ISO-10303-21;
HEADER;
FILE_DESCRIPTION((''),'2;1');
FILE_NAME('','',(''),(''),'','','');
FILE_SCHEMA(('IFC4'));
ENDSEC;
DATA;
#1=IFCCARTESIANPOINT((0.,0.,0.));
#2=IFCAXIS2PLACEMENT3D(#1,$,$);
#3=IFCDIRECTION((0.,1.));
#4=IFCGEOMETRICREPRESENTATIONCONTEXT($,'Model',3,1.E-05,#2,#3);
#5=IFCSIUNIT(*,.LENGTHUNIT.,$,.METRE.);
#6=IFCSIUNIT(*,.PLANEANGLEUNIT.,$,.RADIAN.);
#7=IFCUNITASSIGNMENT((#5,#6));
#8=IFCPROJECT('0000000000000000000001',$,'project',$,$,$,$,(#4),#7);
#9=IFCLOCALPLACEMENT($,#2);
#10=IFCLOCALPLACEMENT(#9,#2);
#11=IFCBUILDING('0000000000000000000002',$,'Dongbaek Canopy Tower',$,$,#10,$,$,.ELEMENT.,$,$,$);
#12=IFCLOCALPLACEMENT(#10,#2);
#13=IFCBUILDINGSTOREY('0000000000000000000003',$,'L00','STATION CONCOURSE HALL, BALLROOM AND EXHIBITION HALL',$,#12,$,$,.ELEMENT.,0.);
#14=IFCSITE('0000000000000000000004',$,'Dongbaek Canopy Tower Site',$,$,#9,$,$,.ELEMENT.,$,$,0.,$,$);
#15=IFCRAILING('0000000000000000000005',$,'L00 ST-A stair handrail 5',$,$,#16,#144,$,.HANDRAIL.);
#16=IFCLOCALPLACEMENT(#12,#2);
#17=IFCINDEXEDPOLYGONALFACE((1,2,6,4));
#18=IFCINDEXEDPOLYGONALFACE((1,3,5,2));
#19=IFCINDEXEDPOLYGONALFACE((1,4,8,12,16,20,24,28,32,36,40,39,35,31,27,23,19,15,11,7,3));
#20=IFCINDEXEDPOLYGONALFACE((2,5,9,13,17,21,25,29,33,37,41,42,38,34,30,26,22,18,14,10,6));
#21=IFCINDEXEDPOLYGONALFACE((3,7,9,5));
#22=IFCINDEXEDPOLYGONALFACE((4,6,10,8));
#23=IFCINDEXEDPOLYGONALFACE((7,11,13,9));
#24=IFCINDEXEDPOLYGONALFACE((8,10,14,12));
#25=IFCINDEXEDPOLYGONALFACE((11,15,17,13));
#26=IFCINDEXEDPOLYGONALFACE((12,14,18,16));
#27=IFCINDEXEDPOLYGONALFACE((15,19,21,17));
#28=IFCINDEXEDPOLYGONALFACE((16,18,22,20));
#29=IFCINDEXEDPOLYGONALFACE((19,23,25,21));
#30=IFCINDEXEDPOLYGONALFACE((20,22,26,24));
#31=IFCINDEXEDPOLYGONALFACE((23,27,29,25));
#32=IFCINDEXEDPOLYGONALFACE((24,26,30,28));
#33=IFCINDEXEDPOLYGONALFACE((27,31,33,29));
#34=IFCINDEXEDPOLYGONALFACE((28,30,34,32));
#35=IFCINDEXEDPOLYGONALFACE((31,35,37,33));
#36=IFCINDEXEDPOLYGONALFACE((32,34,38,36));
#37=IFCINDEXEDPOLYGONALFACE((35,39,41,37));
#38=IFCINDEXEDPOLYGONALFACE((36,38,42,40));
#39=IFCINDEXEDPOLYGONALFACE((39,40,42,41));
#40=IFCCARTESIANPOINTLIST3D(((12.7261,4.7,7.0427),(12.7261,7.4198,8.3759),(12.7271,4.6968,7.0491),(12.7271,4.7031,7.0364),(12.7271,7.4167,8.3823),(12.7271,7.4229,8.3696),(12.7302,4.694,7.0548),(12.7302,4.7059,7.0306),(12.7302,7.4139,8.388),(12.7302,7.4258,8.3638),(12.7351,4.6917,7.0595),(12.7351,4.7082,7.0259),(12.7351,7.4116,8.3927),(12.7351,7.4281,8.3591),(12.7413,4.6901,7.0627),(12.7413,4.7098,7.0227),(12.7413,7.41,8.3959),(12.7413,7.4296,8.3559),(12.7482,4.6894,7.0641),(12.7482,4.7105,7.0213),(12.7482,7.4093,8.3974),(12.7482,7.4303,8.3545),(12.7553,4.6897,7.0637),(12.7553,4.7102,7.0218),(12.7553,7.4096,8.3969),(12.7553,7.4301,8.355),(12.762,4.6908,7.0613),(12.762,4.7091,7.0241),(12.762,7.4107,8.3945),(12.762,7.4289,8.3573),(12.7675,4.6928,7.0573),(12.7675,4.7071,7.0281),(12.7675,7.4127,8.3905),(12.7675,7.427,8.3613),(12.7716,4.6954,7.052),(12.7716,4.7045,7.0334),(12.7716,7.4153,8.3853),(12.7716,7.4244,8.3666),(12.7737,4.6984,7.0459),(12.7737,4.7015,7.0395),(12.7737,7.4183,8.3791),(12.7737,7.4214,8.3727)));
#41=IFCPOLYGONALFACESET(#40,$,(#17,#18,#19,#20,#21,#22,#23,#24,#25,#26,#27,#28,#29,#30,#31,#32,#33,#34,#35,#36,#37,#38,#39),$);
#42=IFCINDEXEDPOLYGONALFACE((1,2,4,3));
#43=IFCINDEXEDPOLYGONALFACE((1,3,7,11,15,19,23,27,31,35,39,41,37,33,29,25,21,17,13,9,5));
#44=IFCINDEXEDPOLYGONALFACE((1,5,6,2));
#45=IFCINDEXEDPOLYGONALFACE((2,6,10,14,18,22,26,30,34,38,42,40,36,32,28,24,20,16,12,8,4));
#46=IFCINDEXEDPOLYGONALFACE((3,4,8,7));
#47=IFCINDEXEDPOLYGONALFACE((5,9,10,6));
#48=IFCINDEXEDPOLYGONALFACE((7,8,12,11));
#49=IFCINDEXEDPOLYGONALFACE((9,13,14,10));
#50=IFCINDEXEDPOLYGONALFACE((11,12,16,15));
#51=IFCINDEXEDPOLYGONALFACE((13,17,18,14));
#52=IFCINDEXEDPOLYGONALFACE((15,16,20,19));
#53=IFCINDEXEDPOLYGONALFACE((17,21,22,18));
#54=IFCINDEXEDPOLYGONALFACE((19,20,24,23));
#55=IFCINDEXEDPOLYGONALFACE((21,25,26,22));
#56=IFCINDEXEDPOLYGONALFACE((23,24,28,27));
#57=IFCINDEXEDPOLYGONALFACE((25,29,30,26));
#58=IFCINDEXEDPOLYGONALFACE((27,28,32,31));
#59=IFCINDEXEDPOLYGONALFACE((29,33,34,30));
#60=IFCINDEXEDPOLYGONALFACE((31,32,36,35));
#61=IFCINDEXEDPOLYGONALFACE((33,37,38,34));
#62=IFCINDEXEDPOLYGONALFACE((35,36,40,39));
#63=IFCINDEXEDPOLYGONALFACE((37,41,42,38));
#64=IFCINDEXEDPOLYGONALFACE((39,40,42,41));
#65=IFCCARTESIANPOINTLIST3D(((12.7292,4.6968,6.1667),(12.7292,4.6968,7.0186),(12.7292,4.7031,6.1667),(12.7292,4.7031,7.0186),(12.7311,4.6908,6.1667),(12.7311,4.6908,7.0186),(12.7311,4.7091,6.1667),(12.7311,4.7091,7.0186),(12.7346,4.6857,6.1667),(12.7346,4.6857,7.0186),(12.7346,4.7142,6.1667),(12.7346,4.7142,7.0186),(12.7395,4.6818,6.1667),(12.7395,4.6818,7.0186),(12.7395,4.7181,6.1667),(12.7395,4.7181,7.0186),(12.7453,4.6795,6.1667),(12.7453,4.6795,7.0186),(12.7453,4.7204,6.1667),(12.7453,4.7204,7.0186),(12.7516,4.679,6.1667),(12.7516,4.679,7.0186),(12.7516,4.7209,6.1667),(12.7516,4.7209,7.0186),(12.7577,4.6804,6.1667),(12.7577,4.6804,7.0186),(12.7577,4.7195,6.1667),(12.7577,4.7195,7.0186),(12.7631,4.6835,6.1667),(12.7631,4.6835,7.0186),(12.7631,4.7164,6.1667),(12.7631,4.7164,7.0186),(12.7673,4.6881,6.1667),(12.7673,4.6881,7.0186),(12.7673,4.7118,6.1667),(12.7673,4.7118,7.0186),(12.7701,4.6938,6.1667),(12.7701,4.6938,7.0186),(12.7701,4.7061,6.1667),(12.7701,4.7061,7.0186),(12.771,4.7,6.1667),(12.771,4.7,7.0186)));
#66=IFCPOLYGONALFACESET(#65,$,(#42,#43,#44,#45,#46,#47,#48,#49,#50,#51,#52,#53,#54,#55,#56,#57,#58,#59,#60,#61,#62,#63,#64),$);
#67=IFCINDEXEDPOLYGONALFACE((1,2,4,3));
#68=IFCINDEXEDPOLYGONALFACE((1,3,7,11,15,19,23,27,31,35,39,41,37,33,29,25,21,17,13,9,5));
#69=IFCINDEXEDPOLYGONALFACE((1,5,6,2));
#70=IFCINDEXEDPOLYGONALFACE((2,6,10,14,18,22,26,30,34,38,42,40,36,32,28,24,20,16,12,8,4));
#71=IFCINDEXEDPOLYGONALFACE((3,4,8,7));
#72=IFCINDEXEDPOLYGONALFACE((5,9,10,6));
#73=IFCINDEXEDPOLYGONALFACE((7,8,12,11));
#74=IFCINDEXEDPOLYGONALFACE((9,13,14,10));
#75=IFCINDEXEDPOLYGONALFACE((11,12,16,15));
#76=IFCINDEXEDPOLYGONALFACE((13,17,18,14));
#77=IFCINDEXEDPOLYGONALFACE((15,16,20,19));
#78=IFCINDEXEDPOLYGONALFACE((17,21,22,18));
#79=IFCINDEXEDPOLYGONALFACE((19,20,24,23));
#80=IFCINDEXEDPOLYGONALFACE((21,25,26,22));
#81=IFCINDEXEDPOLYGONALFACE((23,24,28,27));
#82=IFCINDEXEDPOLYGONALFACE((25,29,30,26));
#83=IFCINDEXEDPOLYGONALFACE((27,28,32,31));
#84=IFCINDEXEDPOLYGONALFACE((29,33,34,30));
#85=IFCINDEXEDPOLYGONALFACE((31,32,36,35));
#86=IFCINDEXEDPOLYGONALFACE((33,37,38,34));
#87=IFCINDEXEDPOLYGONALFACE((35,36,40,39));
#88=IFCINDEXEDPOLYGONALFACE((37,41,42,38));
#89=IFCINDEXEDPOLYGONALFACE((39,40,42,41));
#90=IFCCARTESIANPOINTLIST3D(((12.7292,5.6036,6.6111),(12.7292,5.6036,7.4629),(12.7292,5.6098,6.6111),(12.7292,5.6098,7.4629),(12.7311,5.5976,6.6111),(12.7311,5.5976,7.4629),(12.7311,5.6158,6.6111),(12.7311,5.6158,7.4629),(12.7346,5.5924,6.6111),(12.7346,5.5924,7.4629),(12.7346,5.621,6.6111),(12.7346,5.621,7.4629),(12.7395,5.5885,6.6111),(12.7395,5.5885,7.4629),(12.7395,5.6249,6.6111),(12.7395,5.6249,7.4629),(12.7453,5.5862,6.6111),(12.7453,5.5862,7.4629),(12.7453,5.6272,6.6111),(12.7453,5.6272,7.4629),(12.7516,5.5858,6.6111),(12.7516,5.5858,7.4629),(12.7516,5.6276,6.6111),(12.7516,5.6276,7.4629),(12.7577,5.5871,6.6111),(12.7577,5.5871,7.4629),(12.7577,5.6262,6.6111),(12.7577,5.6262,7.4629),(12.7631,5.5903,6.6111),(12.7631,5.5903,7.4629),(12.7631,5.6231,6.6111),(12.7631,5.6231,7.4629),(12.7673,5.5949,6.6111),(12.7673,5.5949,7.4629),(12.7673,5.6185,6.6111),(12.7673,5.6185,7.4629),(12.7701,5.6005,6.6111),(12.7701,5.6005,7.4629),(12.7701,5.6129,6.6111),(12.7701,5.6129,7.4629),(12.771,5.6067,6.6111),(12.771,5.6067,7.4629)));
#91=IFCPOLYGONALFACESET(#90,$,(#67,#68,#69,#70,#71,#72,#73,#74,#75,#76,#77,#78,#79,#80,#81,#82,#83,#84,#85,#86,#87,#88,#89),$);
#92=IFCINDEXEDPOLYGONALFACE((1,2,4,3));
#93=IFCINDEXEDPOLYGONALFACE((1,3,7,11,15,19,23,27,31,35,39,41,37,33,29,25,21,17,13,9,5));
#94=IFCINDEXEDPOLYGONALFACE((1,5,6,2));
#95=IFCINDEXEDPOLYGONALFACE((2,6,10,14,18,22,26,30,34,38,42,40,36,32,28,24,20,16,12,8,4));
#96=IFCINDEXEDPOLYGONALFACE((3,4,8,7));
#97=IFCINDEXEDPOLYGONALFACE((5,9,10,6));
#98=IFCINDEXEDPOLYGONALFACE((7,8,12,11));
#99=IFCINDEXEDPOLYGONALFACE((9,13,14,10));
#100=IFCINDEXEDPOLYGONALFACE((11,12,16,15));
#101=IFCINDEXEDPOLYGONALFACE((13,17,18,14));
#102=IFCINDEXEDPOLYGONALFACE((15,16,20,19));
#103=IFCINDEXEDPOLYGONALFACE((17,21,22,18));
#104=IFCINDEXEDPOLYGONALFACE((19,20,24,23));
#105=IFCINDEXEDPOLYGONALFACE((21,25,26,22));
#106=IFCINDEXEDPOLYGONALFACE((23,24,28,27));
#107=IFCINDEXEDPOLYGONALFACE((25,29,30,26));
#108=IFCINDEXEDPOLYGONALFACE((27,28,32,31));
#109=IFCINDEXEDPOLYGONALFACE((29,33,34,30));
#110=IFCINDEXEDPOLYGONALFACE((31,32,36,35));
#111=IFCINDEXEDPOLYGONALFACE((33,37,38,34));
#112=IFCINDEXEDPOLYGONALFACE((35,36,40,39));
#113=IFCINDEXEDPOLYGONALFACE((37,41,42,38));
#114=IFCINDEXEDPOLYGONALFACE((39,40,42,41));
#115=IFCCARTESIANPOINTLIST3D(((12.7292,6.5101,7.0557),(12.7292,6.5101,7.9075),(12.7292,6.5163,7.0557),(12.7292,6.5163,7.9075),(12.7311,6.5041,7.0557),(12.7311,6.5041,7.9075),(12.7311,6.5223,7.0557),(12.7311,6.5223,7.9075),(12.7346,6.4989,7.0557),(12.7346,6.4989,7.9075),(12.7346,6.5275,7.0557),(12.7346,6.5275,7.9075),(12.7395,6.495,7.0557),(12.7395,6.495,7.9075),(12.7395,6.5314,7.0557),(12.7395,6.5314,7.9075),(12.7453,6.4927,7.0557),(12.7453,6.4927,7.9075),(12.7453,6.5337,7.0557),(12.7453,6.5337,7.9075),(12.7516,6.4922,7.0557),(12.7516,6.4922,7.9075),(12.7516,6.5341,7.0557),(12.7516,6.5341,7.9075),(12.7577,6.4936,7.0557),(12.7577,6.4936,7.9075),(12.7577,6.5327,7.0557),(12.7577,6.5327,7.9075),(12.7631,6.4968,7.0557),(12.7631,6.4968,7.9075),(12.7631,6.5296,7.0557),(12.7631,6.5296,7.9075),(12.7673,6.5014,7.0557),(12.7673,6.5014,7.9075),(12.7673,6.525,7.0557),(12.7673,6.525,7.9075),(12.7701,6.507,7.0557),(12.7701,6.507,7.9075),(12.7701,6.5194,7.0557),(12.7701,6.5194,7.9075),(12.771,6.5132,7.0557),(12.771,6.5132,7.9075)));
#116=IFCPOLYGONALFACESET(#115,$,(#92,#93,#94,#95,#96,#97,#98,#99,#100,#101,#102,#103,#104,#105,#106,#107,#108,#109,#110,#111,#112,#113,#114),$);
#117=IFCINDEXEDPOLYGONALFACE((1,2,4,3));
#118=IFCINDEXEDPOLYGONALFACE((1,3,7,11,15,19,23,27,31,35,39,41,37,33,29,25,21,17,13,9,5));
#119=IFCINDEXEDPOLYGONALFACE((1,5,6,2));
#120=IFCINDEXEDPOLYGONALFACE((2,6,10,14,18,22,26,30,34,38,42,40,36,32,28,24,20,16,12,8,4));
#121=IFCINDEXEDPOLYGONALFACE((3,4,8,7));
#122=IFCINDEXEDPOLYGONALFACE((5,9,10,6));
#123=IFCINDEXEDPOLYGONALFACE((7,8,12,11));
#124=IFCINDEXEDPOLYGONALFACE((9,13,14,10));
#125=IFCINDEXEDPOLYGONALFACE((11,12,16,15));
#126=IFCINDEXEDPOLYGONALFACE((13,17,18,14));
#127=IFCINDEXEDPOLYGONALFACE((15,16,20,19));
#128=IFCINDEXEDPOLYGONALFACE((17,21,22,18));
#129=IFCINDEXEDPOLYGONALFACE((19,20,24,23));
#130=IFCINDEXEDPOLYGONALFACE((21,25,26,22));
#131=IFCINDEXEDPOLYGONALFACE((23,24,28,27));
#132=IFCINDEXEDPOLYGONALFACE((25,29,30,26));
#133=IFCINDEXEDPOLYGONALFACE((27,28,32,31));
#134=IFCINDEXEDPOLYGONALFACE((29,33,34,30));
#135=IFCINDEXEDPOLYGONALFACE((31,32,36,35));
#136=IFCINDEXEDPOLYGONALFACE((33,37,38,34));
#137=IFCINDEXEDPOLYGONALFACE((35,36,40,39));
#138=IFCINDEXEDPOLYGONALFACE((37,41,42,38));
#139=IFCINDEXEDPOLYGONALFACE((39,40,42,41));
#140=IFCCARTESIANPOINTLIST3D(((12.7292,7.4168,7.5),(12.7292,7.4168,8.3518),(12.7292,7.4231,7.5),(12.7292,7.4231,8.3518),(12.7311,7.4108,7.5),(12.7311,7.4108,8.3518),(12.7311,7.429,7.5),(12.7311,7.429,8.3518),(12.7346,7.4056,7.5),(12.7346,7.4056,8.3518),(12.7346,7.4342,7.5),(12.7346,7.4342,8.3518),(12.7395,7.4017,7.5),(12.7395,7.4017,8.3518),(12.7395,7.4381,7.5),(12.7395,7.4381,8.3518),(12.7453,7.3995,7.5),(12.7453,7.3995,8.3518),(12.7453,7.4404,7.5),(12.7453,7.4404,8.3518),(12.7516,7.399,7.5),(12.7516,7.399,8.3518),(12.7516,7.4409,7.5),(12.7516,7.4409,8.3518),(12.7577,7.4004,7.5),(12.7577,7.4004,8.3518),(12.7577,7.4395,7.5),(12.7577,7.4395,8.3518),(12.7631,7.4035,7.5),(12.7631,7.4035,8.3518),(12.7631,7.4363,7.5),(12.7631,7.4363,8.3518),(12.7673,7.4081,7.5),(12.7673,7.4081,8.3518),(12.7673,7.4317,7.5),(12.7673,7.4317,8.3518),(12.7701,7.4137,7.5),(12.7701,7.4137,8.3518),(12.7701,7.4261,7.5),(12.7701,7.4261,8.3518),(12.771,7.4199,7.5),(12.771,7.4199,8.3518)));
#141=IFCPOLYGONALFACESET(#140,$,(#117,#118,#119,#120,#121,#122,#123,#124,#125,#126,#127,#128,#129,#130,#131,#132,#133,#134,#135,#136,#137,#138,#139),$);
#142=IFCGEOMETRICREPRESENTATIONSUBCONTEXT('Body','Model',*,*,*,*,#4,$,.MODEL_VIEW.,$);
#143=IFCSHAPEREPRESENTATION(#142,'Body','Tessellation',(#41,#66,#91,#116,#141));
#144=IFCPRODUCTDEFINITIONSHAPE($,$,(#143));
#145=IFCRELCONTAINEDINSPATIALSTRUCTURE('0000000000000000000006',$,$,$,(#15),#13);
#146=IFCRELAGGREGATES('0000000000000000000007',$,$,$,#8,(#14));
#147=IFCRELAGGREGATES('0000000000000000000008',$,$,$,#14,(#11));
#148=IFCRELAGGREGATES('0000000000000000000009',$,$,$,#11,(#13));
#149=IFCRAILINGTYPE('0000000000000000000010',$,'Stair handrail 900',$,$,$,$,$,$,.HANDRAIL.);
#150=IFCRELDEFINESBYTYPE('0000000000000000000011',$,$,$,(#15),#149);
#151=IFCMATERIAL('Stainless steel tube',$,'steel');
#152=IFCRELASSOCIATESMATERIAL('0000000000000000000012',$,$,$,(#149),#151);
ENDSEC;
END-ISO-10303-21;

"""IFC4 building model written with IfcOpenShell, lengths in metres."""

from ifc_helpers import new_model, si_unit, direction, frame, origin, origin_2d, place, context, subcontext, project, spatial, circle, extrude, material, type_object, element, save


model = new_model("IFC4")

# Units and contexts
model_context = context("Model", 3, precision=1e-05, world=origin(), true_north=direction((0.0, 1.0)))
body_context = subcontext(model_context, "Body", "Model", "MODEL_VIEW")
ifc_project = project(units=[si_unit("LENGTHUNIT", "METRE"), si_unit("PLANEANGLEUNIT", "RADIAN")], contexts=[model_context])

# Site, building, storey
site_placement = place(None, origin())
site = spatial("IfcSite", under=ifc_project, at=site_placement, Name="Dongbaek Canopy Tower Site", CompositionType="ELEMENT", RefElevation=0.0)
building_placement = place(site_placement, origin())
building = spatial("IfcBuilding", under=site, at=building_placement, Name="Dongbaek Canopy Tower", CompositionType="ELEMENT")
storey_placement = place(building_placement, origin())
storey = spatial("IfcBuildingStorey", under=building, at=storey_placement, Name="L00", Description="STATION CONCOURSE HALL, BALLROOM AND EXHIBITION HALL", CompositionType="ELEMENT", Elevation=0.0)

# Railing
ifc_material_1 = material(Name="Stainless steel tube", Category="steel")
railing_type_1 = type_object("IfcRailingType", Name="Stair handrail 900", PredefinedType="HANDRAIL", material=ifc_material_1)
for number, where, name in (
    (1, (12.75, 4.7, 6.1667), "L00 ST-A stair handrail 5"),
):
    element("IfcRailing", number, at=place(storey_placement, frame(where)), inside=storey, type_object=railing_type_1, Name=name, PredefinedType="HANDRAIL", context=body_context, shape_type="SweptSolid", body=[
        extrude(circle(Radius=0.0239, at=origin_2d()), frame((0.0, 0.0, 0.876), z_axis=(0.0, 0.897929, 0.440139), x_axis=(-1.0, 0.0, 0.0)), (0.0, 0.0, 1.0), 3.0291),
        extrude(circle(Radius=0.021, at=origin_2d()), origin(), (0.0, 0.0, 1.0), 0.8518),
        extrude(circle(Radius=0.021, at=origin_2d()), frame((0.0, 0.9067, 0.4443)), (0.0, 0.0, 1.0), 0.8518),
        extrude(circle(Radius=0.021, at=origin_2d()), frame((0.0, 1.8132, 0.8889)), (0.0, 0.0, 1.0), 0.8518),
        extrude(circle(Radius=0.021, at=origin_2d()), frame((0.0, 2.72, 1.3333)), (0.0, 0.0, 1.0), 0.8518),
    ])

save(model, "model.ifc")
